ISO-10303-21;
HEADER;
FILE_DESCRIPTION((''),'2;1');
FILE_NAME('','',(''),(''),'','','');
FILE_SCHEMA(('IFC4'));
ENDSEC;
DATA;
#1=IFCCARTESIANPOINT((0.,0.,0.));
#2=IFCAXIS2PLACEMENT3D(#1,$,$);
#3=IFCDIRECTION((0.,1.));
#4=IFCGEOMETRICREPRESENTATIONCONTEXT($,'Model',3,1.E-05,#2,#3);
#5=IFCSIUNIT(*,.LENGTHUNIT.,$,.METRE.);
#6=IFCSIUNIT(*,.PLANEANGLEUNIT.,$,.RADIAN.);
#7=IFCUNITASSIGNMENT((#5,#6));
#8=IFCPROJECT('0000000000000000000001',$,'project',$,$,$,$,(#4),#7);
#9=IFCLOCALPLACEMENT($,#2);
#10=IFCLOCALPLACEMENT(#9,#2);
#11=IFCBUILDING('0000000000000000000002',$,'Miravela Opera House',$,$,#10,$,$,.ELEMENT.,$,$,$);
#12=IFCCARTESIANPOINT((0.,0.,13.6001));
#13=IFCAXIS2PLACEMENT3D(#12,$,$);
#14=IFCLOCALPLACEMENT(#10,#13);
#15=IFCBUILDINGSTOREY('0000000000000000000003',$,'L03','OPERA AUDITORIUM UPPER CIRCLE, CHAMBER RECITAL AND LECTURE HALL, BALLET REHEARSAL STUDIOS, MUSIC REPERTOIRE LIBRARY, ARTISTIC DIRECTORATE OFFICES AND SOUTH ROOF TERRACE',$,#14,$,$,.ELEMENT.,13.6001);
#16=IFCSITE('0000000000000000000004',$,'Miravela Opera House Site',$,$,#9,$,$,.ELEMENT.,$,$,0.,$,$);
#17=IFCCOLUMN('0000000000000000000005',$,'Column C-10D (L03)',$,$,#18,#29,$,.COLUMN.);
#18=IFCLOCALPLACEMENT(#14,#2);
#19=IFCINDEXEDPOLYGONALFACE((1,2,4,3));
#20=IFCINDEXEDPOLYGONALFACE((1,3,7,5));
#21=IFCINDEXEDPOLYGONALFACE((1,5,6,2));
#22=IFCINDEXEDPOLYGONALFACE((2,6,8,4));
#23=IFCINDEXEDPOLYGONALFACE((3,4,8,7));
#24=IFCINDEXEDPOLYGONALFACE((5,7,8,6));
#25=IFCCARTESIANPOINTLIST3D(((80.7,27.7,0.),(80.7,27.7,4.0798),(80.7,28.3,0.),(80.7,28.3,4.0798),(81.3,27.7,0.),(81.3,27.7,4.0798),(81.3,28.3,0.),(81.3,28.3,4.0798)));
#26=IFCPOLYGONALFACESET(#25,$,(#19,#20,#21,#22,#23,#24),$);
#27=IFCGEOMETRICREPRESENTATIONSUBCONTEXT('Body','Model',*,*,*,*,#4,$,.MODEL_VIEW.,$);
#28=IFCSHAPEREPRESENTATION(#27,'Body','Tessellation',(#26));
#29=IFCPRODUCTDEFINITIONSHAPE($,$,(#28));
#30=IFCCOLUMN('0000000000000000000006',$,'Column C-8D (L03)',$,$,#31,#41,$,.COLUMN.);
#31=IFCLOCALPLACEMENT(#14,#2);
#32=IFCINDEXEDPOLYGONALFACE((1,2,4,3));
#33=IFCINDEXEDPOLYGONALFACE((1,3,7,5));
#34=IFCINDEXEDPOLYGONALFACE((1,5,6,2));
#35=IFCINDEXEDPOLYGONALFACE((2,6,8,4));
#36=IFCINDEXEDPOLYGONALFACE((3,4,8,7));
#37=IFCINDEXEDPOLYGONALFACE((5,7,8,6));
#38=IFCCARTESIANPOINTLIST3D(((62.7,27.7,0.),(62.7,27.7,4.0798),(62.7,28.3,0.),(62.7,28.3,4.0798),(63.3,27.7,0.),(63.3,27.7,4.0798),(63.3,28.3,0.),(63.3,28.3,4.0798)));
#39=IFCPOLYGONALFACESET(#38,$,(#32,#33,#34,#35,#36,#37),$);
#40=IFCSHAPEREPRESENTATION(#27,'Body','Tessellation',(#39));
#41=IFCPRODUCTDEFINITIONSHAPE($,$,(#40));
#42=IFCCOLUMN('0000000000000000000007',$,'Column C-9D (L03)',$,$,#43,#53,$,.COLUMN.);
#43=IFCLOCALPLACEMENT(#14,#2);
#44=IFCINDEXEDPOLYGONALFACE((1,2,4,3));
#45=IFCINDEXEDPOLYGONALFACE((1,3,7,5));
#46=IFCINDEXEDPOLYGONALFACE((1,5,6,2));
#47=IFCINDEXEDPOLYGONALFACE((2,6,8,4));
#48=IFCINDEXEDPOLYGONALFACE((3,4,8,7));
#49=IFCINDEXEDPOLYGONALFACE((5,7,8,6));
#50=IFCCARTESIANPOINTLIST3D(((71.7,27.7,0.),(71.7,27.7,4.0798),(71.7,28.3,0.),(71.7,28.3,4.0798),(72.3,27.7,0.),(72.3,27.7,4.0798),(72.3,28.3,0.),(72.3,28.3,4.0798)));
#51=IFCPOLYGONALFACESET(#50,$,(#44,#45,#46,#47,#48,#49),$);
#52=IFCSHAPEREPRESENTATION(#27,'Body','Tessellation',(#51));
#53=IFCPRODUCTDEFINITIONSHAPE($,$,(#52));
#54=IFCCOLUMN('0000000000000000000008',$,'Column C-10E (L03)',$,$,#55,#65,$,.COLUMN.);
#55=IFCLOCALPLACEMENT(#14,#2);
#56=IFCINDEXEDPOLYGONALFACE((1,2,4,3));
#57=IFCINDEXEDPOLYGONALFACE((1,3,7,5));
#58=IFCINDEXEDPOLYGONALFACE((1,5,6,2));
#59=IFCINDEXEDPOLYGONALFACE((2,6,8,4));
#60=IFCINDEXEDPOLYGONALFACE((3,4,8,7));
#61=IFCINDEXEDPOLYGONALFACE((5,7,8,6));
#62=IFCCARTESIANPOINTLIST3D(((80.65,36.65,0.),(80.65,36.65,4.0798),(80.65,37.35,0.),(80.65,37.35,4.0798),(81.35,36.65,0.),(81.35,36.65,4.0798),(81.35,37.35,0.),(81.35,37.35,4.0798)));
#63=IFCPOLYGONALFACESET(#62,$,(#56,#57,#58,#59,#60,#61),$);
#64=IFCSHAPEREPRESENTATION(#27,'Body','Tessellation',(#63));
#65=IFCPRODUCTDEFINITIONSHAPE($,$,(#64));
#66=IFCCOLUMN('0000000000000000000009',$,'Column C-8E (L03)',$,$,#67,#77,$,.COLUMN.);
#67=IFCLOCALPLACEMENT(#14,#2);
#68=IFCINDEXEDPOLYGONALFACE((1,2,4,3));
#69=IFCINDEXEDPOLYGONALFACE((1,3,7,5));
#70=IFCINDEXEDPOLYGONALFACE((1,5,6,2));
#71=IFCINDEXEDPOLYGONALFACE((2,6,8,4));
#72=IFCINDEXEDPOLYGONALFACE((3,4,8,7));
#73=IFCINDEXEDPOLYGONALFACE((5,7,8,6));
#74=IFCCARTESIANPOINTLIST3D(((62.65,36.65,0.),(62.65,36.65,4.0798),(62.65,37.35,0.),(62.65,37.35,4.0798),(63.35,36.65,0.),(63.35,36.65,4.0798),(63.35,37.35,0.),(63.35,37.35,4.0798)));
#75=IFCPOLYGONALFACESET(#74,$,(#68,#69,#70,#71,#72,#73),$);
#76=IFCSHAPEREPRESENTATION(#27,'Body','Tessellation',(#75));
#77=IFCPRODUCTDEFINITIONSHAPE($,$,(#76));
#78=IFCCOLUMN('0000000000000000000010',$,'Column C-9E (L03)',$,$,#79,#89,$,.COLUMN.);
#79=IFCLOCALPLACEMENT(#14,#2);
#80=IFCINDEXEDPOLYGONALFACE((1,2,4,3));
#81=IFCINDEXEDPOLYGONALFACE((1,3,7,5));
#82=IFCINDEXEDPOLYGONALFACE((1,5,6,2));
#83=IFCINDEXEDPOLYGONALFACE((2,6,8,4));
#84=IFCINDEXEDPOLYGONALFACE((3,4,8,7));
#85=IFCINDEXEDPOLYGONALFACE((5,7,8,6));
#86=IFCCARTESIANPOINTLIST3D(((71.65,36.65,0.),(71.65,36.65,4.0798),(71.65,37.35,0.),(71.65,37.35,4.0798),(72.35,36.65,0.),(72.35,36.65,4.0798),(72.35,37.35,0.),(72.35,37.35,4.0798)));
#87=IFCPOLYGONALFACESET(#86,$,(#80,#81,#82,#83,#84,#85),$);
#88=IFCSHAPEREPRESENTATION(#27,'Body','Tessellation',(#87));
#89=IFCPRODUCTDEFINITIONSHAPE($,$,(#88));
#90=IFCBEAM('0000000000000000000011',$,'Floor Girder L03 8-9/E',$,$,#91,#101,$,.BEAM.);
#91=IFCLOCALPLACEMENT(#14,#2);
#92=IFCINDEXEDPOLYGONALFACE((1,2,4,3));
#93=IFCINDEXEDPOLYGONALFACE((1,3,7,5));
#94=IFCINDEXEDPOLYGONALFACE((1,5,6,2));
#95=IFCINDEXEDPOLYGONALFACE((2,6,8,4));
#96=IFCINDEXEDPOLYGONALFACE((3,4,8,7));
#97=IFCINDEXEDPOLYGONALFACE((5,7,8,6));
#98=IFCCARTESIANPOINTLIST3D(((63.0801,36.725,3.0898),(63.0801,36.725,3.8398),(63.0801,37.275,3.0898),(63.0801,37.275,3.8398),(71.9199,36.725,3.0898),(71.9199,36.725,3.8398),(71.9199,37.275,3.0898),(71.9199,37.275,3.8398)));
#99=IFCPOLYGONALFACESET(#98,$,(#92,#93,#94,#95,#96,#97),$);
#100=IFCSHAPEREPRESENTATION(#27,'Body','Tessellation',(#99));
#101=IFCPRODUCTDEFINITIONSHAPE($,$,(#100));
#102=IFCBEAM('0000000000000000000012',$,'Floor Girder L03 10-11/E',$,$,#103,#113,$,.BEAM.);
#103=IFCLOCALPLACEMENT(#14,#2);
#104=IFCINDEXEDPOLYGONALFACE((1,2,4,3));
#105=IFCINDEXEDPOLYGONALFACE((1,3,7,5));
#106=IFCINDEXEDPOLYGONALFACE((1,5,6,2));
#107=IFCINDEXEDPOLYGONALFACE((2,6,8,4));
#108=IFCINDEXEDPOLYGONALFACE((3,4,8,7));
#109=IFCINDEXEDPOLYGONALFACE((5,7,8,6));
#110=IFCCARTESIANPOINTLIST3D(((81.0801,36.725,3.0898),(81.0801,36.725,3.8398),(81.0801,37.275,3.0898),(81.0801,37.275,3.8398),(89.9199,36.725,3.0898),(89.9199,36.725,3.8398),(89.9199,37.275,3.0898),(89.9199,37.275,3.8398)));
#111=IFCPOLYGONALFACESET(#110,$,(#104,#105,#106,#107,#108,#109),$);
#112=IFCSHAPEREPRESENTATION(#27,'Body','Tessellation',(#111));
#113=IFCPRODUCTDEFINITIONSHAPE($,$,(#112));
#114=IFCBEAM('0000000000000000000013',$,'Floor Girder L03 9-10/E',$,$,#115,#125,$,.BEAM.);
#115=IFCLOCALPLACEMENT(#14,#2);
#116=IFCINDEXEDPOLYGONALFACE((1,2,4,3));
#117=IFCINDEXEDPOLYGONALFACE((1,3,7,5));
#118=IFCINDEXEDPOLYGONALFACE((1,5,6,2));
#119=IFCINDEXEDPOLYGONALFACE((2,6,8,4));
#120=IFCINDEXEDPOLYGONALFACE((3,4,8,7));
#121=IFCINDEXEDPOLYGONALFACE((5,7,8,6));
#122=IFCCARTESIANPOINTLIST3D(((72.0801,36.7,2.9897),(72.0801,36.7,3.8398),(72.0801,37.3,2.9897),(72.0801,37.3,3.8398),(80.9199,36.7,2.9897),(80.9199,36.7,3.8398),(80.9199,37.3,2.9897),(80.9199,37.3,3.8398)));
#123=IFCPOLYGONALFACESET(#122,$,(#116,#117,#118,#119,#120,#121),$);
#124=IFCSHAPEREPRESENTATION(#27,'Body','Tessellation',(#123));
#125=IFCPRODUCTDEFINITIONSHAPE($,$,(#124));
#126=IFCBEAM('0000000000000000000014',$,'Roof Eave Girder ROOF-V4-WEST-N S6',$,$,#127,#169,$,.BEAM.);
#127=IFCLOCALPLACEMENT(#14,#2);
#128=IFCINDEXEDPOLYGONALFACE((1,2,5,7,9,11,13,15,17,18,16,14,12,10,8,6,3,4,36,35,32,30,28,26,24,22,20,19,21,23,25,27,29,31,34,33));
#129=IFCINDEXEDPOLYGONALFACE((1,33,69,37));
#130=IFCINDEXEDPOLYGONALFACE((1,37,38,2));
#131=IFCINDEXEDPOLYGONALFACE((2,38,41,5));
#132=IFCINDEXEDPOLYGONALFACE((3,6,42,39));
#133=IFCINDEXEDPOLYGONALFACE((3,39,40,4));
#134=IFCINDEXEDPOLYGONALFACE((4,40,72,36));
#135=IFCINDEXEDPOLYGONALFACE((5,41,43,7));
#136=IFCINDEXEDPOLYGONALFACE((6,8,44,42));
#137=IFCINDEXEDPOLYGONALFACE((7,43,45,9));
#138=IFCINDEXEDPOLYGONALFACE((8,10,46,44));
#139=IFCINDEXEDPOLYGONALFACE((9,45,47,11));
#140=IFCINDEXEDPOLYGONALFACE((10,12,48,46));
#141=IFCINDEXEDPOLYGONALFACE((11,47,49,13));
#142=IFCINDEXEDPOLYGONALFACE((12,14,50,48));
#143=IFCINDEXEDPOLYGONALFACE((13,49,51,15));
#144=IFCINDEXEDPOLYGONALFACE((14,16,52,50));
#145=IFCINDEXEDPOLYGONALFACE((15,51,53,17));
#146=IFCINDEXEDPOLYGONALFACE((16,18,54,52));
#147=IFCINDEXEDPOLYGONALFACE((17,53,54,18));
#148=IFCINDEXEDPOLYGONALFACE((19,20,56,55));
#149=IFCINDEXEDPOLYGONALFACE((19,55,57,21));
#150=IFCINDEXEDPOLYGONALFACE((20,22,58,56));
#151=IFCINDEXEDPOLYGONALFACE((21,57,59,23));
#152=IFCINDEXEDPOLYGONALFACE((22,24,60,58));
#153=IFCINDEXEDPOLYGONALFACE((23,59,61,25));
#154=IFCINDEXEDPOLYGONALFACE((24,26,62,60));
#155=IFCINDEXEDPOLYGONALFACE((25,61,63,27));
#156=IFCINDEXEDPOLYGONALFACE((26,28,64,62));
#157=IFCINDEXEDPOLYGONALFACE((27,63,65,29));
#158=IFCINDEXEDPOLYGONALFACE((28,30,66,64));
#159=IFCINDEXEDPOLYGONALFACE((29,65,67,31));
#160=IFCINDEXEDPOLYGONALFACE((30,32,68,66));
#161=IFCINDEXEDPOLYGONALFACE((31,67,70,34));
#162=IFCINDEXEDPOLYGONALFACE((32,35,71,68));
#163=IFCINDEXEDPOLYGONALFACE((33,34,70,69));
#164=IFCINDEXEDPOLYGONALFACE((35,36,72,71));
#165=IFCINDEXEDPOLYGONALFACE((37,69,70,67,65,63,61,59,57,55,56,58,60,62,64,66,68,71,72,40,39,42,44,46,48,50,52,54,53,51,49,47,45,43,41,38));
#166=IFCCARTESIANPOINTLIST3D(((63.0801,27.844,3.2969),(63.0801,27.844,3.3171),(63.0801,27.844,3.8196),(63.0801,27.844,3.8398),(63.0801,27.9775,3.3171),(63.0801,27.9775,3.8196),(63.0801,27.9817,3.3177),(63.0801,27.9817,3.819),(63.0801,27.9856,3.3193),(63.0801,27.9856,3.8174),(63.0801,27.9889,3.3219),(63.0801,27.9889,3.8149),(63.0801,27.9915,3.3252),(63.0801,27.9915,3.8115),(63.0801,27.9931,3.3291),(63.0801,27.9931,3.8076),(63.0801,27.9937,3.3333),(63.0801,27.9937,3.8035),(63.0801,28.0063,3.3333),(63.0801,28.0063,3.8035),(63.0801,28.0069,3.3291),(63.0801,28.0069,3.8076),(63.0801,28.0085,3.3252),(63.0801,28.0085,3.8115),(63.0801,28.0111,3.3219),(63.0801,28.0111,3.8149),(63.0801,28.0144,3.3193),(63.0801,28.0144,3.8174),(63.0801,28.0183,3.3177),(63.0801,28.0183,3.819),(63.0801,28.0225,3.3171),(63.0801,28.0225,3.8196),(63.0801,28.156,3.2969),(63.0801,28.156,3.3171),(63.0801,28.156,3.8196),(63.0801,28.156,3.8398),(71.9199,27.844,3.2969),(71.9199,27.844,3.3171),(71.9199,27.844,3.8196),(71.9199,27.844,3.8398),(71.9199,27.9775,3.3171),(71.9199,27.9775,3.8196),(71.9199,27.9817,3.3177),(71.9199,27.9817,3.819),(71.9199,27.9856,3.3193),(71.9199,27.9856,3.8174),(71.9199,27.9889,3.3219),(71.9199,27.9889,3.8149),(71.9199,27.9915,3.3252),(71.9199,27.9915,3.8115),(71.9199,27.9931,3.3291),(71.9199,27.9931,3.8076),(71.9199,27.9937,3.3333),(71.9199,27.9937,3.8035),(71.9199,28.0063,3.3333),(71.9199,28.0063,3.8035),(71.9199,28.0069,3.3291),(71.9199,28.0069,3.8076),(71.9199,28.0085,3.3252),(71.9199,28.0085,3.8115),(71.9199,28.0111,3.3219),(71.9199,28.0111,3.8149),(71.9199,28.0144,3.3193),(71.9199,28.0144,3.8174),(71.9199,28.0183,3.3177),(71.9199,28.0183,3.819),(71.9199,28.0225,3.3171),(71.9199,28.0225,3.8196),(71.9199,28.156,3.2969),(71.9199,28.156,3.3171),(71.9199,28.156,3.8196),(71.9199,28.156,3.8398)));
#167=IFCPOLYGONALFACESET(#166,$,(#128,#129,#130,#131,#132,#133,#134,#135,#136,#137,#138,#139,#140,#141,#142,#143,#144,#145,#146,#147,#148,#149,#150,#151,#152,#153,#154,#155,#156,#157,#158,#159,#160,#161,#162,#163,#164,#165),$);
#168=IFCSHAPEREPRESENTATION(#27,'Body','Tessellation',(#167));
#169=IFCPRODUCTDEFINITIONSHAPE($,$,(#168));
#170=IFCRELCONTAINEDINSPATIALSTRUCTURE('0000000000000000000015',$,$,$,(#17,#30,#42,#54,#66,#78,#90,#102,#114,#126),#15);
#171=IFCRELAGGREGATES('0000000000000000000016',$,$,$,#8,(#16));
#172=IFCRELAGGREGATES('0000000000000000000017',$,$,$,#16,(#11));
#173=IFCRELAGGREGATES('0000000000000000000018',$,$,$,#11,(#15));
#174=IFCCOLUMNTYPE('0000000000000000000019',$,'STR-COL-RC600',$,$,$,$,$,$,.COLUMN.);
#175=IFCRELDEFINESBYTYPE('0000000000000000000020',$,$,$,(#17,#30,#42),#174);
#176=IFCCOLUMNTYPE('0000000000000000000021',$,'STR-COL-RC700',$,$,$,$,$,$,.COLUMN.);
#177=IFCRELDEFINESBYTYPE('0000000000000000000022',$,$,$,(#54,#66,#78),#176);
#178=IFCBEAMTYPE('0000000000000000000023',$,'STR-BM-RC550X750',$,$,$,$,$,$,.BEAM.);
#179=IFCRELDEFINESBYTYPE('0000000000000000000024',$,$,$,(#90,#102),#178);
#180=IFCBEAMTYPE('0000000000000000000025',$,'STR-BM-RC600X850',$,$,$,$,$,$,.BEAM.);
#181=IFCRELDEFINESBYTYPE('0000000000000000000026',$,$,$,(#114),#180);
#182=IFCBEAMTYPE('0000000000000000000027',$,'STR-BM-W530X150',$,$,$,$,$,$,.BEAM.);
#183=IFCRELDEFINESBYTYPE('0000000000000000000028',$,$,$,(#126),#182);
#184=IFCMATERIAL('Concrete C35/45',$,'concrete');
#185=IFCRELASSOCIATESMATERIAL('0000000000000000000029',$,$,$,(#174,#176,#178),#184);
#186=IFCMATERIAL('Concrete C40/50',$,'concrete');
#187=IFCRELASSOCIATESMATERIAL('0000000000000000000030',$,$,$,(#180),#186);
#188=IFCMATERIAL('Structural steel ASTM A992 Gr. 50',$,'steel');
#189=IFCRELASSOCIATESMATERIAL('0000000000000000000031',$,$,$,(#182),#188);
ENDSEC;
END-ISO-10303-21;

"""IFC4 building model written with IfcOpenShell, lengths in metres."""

from ifc_helpers import new_model, si_unit, direction, frame, origin, origin_2d, place, context, subcontext, project, spatial, rectangle, i_section, extrude, material, material_profile, profile_set, type_object, element, save


model = new_model("IFC4")

# Units and contexts
model_context = context("Model", 3, precision=1e-05, world=origin(), true_north=direction((0.0, 1.0)))
body_context = subcontext(model_context, "Body", "Model", "MODEL_VIEW")
ifc_project = project(units=[si_unit("LENGTHUNIT", "METRE"), si_unit("PLANEANGLEUNIT", "RADIAN")], contexts=[model_context])

# Site, building, storey
site_placement = place(None, origin())
site = spatial("IfcSite", under=ifc_project, at=site_placement, Name="Miravela Opera House Site", CompositionType="ELEMENT", RefElevation=0.0)
building_placement = place(site_placement, origin())
building = spatial("IfcBuilding", under=site, at=building_placement, Name="Miravela Opera House", CompositionType="ELEMENT")
storey_placement = place(building_placement, frame((0.0, 0.0, 13.6001)))
storey = spatial("IfcBuildingStorey", under=building, at=storey_placement, Name="L03", Description="OPERA AUDITORIUM UPPER CIRCLE, CHAMBER RECITAL AND LECTURE HALL, BALLET REHEARSAL STUDIOS, MUSIC REPERTOIRE LIBRARY, ARTISTIC DIRECTORATE OFFICES AND SOUTH ROOF TERRACE", CompositionType="ELEMENT", Elevation=13.6001)

# Columns
ifc_material_1 = material(Name="Concrete C35/45", Category="concrete")
ifc_material_profile_1 = material_profile(ifc_material_1, rectangle(XDim=0.6001, YDim=0.6001, at=origin_2d()), Name="RC-COL-600X600")
ifc_profile_set_1 = profile_set([ifc_material_profile_1])
column_type_1 = type_object("IfcColumnType", Name="STR-COL-RC600", PredefinedType="COLUMN", material=ifc_profile_set_1)
for number, where, z_axis, x_axis, name in (
    (1, (81.0, 28.0, 0.0), (0.0, 0.0, 1.0), (1.0, 0.0, 0.0), "Column C-10D (L03)"),
    (2, (63.0, 28.0, 0.0), (0.0, 0.0, 1.0), (1.0, 0.0, 0.0), "Column C-8D (L03)"),
    (3, (72.0, 28.0, 0.0), (0.0, 0.0, 1.0), (1.0, 0.0, 0.0), "Column C-9D (L03)"),
):
    element("IfcColumn", number, at=place(storey_placement, frame(where, z_axis=z_axis, x_axis=x_axis)), inside=storey, type_object=column_type_1, Name=name, PredefinedType="COLUMN", context=body_context, shape_type="SweptSolid", body=[
        extrude(rectangle(XDim=0.6001, YDim=0.6001, at=origin_2d()), origin(), (0.0, 0.0, 1.0), 4.0798),
    ])
ifc_material_profile_2 = material_profile(ifc_material_1, rectangle(XDim=0.7, YDim=0.7, at=origin_2d()), Name="RC-COL-700X700")
ifc_profile_set_2 = profile_set([ifc_material_profile_2])
column_type_2 = type_object("IfcColumnType", Name="STR-COL-RC700", PredefinedType="COLUMN", material=ifc_profile_set_2)
for number, where, z_axis, x_axis, name in (
    (4, (81.0, 37.0, 0.0), (0.0, 0.0, 1.0), (1.0, 0.0, 0.0), "Column C-10E (L03)"),
    (5, (63.0, 37.0, 0.0), (0.0, 0.0, 1.0), (1.0, 0.0, 0.0), "Column C-8E (L03)"),
    (6, (72.0, 37.0, 0.0), (0.0, 0.0, 1.0), (1.0, 0.0, 0.0), "Column C-9E (L03)"),
):
    element("IfcColumn", number, at=place(storey_placement, frame(where, z_axis=z_axis, x_axis=x_axis)), inside=storey, type_object=column_type_2, Name=name, PredefinedType="COLUMN", context=body_context, shape_type="SweptSolid", body=[
        extrude(rectangle(XDim=0.7, YDim=0.7, at=origin_2d()), origin(), (0.0, 0.0, 1.0), 4.0798),
    ])

# Beams
ifc_material_profile_3 = material_profile(ifc_material_1, rectangle(XDim=0.55, YDim=0.75, at=origin_2d()), Name="RC-BM-550X750")
ifc_profile_set_3 = profile_set([ifc_material_profile_3])
beam_type_1 = type_object("IfcBeamType", Name="STR-BM-RC550X750", PredefinedType="BEAM", material=ifc_profile_set_3)
for number, where, z_axis, x_axis, name in (
    (7, (63.0801, 37.0, 3.4648), (1.0, 0.0, 0.0), (0.0, 1.0, 0.0), "Floor Girder L03 8-9/E"),
    (8, (81.0801, 37.0, 3.4648), (1.0, 0.0, 0.0), (0.0, 1.0, 0.0), "Floor Girder L03 10-11/E"),
):
    element("IfcBeam", number, at=place(storey_placement, frame(where, z_axis=z_axis, x_axis=x_axis)), inside=storey, type_object=beam_type_1, Name=name, PredefinedType="BEAM", context=body_context, shape_type="SweptSolid", body=[
        extrude(rectangle(XDim=0.55, YDim=0.75, at=origin_2d()), origin(), (0.0, 0.0, 1.0), 8.8398),
    ])
ifc_material_2 = material(Name="Concrete C40/50", Category="concrete")
ifc_material_profile_4 = material_profile(ifc_material_2, rectangle(XDim=0.6001, YDim=0.8501, at=origin_2d()), Name="RC-BM-600X850")
ifc_profile_set_4 = profile_set([ifc_material_profile_4])
beam_type_2 = type_object("IfcBeamType", Name="STR-BM-RC600X850", PredefinedType="BEAM", material=ifc_profile_set_4)
beam_placement = place(storey_placement, frame((72.0801, 37.0, 3.4148), z_axis=(1.0, 0.0, 0.0), x_axis=(0.0, 1.0, 0.0)))
element("IfcBeam", 9, at=beam_placement, inside=storey, type_object=beam_type_2, Name="Floor Girder L03 9-10/E", PredefinedType="BEAM", context=body_context, shape_type="SweptSolid", body=[
    extrude(rectangle(XDim=0.6001, YDim=0.8501, at=origin_2d()), origin(), (0.0, 0.0, 1.0), 8.8398),
])
ifc_material_3 = material(Name="Structural steel ASTM A992 Gr. 50", Category="steel")
ifc_material_profile_5 = material_profile(ifc_material_3, i_section(OverallWidth=0.312, OverallDepth=0.543, WebThickness=0.0127, FlangeThickness=0.0203, FilletRadius=0.0161, at=origin_2d()), Name="W530X150")
ifc_profile_set_5 = profile_set([ifc_material_profile_5])
beam_type_3 = type_object("IfcBeamType", Name="STR-BM-W530X150", PredefinedType="BEAM", material=ifc_profile_set_5)
for number, where, z_axis, x_axis, name in (
    (10, (63.0801, 28.0, 3.5684), (1.0, 0.0, 0.0), (0.0, 1.0, 0.0), "Roof Eave Girder ROOF-V4-WEST-N S6"),
):
    element("IfcBeam", number, at=place(storey_placement, frame(where, z_axis=z_axis, x_axis=x_axis)), inside=storey, type_object=beam_type_3, Name=name, PredefinedType="BEAM", context=body_context, shape_type="SweptSolid", body=[
        extrude(i_section(OverallWidth=0.312, OverallDepth=0.543, WebThickness=0.0127, FlangeThickness=0.0203, FilletRadius=0.0161, at=origin_2d()), origin(), (0.0, 0.0, 1.0), 8.8398),
    ])

save(model, "model.ifc")
